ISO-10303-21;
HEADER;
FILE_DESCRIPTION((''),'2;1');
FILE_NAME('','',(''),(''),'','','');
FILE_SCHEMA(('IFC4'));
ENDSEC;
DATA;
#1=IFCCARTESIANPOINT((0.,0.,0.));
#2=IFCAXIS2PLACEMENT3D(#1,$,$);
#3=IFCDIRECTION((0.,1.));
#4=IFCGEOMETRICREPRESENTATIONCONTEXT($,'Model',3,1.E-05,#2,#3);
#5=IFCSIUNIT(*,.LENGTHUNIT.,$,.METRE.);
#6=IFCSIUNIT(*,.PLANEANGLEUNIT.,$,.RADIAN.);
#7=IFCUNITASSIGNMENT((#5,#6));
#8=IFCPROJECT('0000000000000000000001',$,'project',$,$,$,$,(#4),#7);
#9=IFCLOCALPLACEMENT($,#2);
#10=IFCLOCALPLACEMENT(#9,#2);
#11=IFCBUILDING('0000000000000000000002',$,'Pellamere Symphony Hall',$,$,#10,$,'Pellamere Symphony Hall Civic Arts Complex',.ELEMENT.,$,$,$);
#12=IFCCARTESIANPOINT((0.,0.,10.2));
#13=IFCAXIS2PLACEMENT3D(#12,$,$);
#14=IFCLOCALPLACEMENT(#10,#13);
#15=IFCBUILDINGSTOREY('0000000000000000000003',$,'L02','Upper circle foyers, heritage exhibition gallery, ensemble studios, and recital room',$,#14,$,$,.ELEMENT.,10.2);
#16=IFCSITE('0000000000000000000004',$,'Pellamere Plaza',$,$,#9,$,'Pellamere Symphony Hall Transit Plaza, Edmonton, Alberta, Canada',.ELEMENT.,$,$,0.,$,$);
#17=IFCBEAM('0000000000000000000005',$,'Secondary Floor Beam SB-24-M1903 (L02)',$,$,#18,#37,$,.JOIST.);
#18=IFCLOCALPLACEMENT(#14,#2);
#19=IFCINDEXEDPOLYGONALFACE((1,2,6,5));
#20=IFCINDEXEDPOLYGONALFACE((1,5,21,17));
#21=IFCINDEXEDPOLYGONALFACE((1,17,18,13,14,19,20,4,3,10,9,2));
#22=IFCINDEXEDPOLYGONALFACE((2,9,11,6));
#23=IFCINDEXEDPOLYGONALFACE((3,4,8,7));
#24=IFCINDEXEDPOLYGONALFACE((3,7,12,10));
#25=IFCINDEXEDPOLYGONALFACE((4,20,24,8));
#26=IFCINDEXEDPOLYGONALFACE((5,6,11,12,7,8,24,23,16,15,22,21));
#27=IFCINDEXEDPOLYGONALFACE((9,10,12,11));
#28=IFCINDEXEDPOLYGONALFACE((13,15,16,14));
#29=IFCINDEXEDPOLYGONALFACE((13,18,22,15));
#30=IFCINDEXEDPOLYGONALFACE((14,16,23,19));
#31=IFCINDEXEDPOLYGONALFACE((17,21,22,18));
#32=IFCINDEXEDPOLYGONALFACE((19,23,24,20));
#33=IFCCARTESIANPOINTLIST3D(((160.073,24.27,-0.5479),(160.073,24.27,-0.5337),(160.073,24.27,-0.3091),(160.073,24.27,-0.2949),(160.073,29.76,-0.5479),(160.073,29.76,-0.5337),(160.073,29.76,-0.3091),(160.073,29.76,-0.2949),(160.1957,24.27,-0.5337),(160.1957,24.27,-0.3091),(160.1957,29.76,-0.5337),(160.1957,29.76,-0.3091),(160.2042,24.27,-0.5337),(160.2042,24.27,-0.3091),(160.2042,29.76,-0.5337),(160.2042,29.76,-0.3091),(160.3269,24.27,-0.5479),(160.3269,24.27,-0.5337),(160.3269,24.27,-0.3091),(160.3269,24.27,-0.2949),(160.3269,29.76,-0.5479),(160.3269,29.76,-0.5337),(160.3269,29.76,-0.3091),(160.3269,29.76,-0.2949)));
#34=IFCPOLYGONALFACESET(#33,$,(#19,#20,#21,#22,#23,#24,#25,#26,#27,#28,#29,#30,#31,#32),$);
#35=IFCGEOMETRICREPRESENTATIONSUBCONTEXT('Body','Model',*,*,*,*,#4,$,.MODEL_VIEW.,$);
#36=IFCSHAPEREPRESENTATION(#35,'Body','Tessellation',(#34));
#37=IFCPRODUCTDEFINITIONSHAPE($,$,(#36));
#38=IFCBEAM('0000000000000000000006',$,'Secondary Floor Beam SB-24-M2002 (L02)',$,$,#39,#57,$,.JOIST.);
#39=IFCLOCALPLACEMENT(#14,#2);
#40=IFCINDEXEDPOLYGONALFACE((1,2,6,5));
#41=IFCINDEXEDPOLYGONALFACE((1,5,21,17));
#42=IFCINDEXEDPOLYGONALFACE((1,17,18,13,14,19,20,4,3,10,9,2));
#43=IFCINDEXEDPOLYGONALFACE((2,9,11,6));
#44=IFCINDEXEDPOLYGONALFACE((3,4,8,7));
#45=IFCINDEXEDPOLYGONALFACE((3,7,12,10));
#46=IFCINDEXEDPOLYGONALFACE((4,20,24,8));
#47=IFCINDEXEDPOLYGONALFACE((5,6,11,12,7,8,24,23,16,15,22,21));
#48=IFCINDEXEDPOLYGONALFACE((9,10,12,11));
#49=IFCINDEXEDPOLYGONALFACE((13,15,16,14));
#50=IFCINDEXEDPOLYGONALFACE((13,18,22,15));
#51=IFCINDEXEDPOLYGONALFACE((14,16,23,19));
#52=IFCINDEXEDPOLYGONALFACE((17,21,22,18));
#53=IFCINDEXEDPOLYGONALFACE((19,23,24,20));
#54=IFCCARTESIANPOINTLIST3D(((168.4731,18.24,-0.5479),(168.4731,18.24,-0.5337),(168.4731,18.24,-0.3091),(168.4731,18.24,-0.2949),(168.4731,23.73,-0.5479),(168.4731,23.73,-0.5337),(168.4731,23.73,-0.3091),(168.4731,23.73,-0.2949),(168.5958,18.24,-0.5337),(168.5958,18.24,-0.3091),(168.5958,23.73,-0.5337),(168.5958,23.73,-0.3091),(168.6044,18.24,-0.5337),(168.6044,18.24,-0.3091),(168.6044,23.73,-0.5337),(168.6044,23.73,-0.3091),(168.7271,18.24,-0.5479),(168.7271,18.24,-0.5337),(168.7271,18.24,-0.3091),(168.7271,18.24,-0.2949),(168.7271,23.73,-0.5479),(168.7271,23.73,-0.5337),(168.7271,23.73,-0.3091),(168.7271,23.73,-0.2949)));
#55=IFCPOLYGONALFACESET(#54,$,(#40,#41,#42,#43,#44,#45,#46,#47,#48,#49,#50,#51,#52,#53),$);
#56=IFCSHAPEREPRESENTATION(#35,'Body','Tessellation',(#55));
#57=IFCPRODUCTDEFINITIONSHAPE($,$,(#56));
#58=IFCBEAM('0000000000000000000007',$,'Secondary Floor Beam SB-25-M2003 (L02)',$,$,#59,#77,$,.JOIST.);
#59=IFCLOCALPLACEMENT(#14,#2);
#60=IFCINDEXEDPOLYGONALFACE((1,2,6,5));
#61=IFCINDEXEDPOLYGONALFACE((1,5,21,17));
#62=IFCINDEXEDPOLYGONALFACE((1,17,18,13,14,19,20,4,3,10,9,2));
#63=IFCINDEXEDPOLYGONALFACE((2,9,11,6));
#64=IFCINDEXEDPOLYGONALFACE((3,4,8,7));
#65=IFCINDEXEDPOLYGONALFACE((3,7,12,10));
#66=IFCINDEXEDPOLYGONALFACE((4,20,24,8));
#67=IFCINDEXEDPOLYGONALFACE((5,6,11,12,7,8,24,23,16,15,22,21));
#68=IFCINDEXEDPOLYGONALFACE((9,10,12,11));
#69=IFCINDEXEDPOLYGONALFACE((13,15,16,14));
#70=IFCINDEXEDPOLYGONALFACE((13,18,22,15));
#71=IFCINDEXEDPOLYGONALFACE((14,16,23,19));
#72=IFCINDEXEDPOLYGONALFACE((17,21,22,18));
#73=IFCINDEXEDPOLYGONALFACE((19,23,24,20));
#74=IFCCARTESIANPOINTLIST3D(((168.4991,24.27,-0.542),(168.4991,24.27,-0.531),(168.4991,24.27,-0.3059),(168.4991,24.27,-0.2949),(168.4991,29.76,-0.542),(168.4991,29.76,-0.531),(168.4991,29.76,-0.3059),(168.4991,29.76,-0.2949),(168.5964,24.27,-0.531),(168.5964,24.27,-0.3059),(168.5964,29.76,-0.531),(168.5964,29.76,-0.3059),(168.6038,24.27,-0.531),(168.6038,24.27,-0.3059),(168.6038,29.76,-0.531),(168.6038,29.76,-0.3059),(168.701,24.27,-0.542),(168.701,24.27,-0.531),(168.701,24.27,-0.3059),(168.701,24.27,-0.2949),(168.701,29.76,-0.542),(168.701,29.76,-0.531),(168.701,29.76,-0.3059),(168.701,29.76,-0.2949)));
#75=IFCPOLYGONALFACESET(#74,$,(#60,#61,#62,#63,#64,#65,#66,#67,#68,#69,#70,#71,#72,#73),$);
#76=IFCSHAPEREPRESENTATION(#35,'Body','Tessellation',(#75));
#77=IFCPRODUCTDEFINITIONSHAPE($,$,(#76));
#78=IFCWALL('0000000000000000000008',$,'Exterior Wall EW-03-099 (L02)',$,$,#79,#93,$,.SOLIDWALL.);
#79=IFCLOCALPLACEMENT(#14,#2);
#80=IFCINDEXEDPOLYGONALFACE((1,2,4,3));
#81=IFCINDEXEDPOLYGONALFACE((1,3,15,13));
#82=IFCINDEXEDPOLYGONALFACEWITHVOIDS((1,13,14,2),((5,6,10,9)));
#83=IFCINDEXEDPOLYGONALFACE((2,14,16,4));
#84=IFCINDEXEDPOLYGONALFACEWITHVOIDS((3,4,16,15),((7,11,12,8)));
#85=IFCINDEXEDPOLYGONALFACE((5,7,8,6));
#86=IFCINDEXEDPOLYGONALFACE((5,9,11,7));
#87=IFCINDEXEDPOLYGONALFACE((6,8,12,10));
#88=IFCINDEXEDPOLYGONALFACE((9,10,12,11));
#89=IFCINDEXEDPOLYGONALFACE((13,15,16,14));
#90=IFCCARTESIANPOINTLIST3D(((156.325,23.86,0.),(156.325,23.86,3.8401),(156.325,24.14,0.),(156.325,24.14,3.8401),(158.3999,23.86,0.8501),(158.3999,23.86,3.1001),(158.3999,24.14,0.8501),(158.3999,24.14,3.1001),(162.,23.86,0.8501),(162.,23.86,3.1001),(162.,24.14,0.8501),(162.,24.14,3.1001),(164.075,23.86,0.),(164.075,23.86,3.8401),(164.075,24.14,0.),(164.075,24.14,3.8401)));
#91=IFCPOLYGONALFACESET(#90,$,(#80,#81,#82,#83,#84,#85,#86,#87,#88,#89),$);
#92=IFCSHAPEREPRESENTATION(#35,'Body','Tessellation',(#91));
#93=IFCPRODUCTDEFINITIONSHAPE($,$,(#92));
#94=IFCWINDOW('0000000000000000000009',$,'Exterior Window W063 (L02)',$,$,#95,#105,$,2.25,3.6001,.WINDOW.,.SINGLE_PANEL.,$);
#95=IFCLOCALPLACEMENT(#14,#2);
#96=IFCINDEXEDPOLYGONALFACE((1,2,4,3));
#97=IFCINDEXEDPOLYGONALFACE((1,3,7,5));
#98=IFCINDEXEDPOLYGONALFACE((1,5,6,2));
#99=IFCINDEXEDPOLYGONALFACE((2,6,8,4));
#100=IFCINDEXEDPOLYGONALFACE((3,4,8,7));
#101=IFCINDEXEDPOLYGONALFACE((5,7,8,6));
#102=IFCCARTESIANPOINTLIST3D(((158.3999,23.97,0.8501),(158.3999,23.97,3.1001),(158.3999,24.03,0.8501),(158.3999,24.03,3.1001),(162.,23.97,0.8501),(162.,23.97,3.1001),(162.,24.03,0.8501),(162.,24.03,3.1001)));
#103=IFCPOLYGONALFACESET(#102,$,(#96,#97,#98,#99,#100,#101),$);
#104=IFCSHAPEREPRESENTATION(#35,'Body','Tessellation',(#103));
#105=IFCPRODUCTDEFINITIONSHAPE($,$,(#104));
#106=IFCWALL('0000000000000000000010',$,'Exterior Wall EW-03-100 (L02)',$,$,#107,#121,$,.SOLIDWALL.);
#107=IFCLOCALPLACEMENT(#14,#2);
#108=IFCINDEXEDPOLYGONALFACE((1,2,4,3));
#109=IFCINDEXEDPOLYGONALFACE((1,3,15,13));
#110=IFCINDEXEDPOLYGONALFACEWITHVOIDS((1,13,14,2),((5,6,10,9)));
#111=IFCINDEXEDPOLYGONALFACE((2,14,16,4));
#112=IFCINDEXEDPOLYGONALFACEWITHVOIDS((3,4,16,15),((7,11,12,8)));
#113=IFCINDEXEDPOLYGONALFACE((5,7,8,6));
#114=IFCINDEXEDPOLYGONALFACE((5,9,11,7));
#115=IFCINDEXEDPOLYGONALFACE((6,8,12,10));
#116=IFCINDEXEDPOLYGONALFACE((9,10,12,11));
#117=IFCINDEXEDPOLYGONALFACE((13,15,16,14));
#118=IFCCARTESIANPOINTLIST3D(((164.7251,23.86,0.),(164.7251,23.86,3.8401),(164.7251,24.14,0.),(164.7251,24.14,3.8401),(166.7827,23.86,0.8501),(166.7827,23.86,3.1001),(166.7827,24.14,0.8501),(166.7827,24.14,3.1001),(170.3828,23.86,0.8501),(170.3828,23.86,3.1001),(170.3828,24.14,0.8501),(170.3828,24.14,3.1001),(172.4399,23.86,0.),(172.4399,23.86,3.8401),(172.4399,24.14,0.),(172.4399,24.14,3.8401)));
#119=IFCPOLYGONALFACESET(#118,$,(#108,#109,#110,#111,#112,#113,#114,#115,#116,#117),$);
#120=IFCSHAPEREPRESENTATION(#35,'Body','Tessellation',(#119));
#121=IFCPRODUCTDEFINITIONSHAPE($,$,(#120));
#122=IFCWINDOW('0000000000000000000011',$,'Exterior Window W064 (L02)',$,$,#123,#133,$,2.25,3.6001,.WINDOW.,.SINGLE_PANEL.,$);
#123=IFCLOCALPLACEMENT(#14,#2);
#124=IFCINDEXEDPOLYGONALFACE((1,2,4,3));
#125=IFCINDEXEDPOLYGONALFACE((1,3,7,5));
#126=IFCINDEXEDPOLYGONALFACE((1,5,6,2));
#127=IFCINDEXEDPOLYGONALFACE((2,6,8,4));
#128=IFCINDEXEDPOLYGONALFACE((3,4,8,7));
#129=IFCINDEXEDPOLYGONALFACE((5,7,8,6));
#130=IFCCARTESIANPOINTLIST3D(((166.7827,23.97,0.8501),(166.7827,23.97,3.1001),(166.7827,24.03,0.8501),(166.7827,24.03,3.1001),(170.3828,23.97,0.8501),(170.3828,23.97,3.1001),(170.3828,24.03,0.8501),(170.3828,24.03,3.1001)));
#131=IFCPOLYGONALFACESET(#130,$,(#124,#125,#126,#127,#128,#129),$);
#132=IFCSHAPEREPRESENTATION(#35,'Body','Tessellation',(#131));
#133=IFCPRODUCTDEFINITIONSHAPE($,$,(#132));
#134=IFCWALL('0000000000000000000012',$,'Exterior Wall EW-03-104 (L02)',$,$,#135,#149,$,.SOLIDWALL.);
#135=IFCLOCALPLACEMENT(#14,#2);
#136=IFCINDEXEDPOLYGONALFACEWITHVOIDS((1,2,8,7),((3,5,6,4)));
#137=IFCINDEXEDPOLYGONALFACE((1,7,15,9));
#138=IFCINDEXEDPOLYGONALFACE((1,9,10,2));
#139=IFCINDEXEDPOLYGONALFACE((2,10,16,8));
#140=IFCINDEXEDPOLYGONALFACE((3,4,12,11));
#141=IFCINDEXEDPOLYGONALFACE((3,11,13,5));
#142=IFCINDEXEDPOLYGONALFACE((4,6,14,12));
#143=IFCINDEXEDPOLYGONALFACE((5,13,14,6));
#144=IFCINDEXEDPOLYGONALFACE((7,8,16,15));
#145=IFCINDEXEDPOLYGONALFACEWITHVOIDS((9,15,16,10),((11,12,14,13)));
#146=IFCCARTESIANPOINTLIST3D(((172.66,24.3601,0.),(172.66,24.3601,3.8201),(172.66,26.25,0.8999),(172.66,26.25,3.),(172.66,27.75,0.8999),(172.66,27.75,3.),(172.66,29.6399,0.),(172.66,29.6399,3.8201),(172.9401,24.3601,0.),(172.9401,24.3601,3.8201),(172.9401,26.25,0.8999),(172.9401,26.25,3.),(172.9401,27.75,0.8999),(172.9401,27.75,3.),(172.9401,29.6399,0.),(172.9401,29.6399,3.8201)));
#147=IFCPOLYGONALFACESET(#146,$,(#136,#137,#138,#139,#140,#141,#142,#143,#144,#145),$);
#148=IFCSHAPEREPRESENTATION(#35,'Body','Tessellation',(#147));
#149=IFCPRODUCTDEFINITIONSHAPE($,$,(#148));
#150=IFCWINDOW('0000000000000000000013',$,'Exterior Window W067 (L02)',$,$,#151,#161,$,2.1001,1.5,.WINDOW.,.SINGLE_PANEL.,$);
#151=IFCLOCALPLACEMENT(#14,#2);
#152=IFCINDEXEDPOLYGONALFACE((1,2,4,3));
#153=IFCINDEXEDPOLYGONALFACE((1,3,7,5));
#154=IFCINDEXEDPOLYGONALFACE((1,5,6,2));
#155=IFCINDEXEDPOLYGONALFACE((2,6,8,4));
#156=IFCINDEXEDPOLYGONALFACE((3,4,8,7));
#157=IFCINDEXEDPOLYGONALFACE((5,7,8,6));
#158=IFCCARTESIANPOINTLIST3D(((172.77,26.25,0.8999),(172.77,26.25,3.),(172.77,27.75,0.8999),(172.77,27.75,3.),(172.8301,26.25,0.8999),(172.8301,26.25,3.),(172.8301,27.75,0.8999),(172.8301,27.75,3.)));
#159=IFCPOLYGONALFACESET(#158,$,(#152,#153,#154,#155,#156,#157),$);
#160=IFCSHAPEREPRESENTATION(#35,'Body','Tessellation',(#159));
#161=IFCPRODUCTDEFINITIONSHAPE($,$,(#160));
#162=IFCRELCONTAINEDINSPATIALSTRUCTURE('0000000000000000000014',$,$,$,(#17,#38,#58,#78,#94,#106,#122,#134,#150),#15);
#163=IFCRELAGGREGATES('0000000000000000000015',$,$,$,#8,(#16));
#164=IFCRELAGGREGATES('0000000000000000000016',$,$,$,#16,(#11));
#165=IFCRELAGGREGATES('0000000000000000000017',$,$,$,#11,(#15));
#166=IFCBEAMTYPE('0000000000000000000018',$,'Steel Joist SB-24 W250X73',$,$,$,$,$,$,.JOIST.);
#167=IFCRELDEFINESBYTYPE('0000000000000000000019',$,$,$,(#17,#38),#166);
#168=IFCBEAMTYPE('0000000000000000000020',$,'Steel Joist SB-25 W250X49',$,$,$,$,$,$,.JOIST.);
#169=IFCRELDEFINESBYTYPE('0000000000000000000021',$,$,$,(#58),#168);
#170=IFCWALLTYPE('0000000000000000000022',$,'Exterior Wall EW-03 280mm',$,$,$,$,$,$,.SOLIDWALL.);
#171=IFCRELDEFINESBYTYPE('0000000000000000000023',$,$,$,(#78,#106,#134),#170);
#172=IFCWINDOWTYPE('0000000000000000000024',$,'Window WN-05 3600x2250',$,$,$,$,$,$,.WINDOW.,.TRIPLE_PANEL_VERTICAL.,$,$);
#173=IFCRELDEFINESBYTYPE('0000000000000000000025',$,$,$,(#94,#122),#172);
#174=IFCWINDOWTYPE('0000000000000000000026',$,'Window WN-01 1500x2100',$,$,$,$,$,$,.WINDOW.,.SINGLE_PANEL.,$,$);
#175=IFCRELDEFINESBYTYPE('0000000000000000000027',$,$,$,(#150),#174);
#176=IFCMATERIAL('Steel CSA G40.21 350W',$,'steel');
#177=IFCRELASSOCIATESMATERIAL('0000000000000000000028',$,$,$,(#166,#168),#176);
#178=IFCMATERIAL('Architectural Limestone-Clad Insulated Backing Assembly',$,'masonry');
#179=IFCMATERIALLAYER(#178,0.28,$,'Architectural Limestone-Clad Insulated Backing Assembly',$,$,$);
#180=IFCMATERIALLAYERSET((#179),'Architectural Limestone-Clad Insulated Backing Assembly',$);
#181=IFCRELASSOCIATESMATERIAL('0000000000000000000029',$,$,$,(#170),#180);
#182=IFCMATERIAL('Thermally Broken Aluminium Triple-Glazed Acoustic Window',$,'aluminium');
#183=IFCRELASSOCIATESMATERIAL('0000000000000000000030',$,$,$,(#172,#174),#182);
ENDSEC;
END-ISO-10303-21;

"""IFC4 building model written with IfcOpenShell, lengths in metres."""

from ifc_helpers import new_model, si_unit, direction, frame, frame_2d, origin, origin_2d, place, context, subcontext, project, spatial, rectangle, i_section, extrude, material, layer, layer_set, material_profile, profile_set, type_object, element, fill, save


model = new_model("IFC4")

# Units and contexts
model_context = context("Model", 3, precision=1e-05, world=origin(), true_north=direction((0.0, 1.0)))
body_context = subcontext(model_context, "Body", "Model", "MODEL_VIEW")
ifc_project = project(units=[si_unit("LENGTHUNIT", "METRE"), si_unit("PLANEANGLEUNIT", "RADIAN")], contexts=[model_context])

# Site, building, storey
site_placement = place(None, origin())
site = spatial("IfcSite", under=ifc_project, at=site_placement, Name="Pellamere Plaza", LongName="Pellamere Symphony Hall Transit Plaza, Edmonton, Alberta, Canada", CompositionType="ELEMENT", RefElevation=0.0)
building_placement = place(site_placement, origin())
building = spatial("IfcBuilding", under=site, at=building_placement, Name="Pellamere Symphony Hall", LongName="Pellamere Symphony Hall Civic Arts Complex", CompositionType="ELEMENT")
storey_placement = place(building_placement, frame((0.0, 0.0, 10.2)))
storey = spatial("IfcBuildingStorey", under=building, at=storey_placement, Name="L02", Description="Upper circle foyers, heritage exhibition gallery, ensemble studios, and recital room", CompositionType="ELEMENT", Elevation=10.2)

# Beams
ifc_material_1 = material(Name="Steel CSA G40.21 350W", Category="steel")
ifc_material_profile_1 = material_profile(ifc_material_1, i_section(OverallWidth=0.2539, OverallDepth=0.2529, WebThickness=0.0085, FlangeThickness=0.0142, at=origin_2d()), Name="W250X73")
ifc_profile_set_1 = profile_set([ifc_material_profile_1], Name="Steel CSA G40.21 350W")
beam_type_1 = type_object("IfcBeamType", Name="Steel Joist SB-24 W250X73", PredefinedType="JOIST", material=ifc_profile_set_1)
for number, where, z_axis, x_axis, name in (
    (1, (160.2, 24.27, -0.4214), (0.0, 1.0, 0.0), (-1.0, 0.0, 0.0), "Secondary Floor Beam SB-24-M1903 (L02)"),
    (2, (168.6001, 18.24, -0.4214), (0.0, 1.0, 0.0), (-1.0, 0.0, 0.0), "Secondary Floor Beam SB-24-M2002 (L02)"),
):
    element("IfcBeam", number, at=place(storey_placement, frame(where, z_axis=z_axis, x_axis=x_axis)), inside=storey, type_object=beam_type_1, Name=name, PredefinedType="JOIST", context=body_context, shape_type="SweptSolid", body=[
        extrude(i_section(OverallWidth=0.2539, OverallDepth=0.2529, WebThickness=0.0085, FlangeThickness=0.0142, at=origin_2d()), origin(), (0.0, 0.0, 1.0), 5.49),
    ])
ifc_material_profile_2 = material_profile(ifc_material_1, i_section(OverallWidth=0.2019, OverallDepth=0.2471, WebThickness=0.0073, FlangeThickness=0.011, at=origin_2d()), Name="W250X49")
ifc_profile_set_2 = profile_set([ifc_material_profile_2], Name="Steel CSA G40.21 350W")
beam_type_2 = type_object("IfcBeamType", Name="Steel Joist SB-25 W250X49", PredefinedType="JOIST", material=ifc_profile_set_2)
beam_1_placement = place(storey_placement, frame((168.6001, 24.27, -0.4185), z_axis=(0.0, 1.0, 0.0), x_axis=(-1.0, 0.0, 0.0)))
element("IfcBeam", 3, at=beam_1_placement, inside=storey, type_object=beam_type_2, Name="Secondary Floor Beam SB-25-M2003 (L02)", PredefinedType="JOIST", context=body_context, shape_type="SweptSolid", body=[
    extrude(i_section(OverallWidth=0.2019, OverallDepth=0.2471, WebThickness=0.0073, FlangeThickness=0.011, at=origin_2d()), origin(), (0.0, 0.0, 1.0), 5.49),
])

# Walls, openings, windows
ifc_material_2 = material(Name="Architectural Limestone-Clad Insulated Backing Assembly", Category="masonry")
ifc_layer = layer(ifc_material_2, 0.28, Name="Architectural Limestone-Clad Insulated Backing Assembly")
ifc_layer_set = layer_set([ifc_layer], Name="Architectural Limestone-Clad Insulated Backing Assembly")
wall_type = type_object("IfcWallType", Name="Exterior Wall EW-03 280mm", PredefinedType="SOLIDWALL", material=ifc_layer_set)
wall_1_placement = place(storey_placement, frame((156.325, 24.0, 0.0), z_axis=(0.0, 0.0, 1.0), x_axis=(1.0, 0.0, 0.0)))
wall_1 = element("IfcWall", 4, at=wall_1_placement, inside=storey, type_object=wall_type, Name="Exterior Wall EW-03-099 (L02)", PredefinedType="SOLIDWALL", context=body_context, shape_type="SweptSolid", body=[
    extrude(rectangle(XDim=7.75, YDim=0.28, at=frame_2d((3.875, 0.0))), origin(), (0.0, 0.0, 1.0), 3.8401),
])
opening_1_placement = place(wall_1_placement, frame((2.075, 0.0, 0.8501)))
opening_1 = element("IfcOpeningElement", 5, at=opening_1_placement, cuts=wall_1, PredefinedType="OPENING", context=body_context, shape_type="SweptSolid", body=[
    extrude(rectangle(XDim=3.6001, YDim=2.25, at=frame_2d((1.8, 1.125))), frame((0.0, 0.1499, 0.0), z_axis=(0.0, -1.0, 0.0), x_axis=(1.0, 0.0, 0.0)), (0.0, 0.0, 1.0), 0.3),
])
ifc_material_3 = material(Name="Thermally Broken Aluminium Triple-Glazed Acoustic Window", Category="aluminium")
window_type_1 = type_object("IfcWindowType", Name="Window WN-05 3600x2250", PartitioningType="TRIPLE_PANEL_VERTICAL", PredefinedType="WINDOW", material=ifc_material_3)
window_1_placement = place(opening_1_placement, origin())
window_1 = element("IfcWindow", 6, at=window_1_placement, inside=storey, type_object=window_type_1, Name="Exterior Window W063 (L02)", OverallHeight=2.25, OverallWidth=3.6001, PartitioningType="SINGLE_PANEL", PredefinedType="WINDOW", context=body_context, shape_type="SweptSolid", body=[
    extrude(rectangle(XDim=3.6001, YDim=2.25, at=frame_2d((1.8, 1.125))), frame((0.0, 0.03, 0.0), z_axis=(0.0, -1.0, 0.0), x_axis=(1.0, 0.0, 0.0)), (0.0, 0.0, 1.0), 0.0601),
])
fill(opening_1, window_1)
wall_2_placement = place(storey_placement, frame((164.7251, 24.0, 0.0), z_axis=(0.0, 0.0, 1.0), x_axis=(1.0, 0.0, 0.0)))
wall_2 = element("IfcWall", 7, at=wall_2_placement, inside=storey, type_object=wall_type, Name="Exterior Wall EW-03-100 (L02)", PredefinedType="SOLIDWALL", context=body_context, shape_type="SweptSolid", body=[
    extrude(rectangle(XDim=7.7148, YDim=0.28, at=frame_2d((3.8574, 0.0))), origin(), (0.0, 0.0, 1.0), 3.8401),
])
opening_2_placement = place(wall_2_placement, frame((2.0576, 0.0, 0.8501)))
opening_2 = element("IfcOpeningElement", 8, at=opening_2_placement, cuts=wall_2, PredefinedType="OPENING", context=body_context, shape_type="SweptSolid", body=[
    extrude(rectangle(XDim=3.6001, YDim=2.25, at=frame_2d((1.8, 1.125))), frame((0.0, 0.1499, 0.0), z_axis=(0.0, -1.0, 0.0), x_axis=(1.0, 0.0, 0.0)), (0.0, 0.0, 1.0), 0.3),
])
window_2_placement = place(opening_2_placement, origin())
window_2 = element("IfcWindow", 9, at=window_2_placement, inside=storey, type_object=window_type_1, Name="Exterior Window W064 (L02)", OverallHeight=2.25, OverallWidth=3.6001, PartitioningType="SINGLE_PANEL", PredefinedType="WINDOW", context=body_context, shape_type="SweptSolid", body=[
    extrude(rectangle(XDim=3.6001, YDim=2.25, at=frame_2d((1.8, 1.125))), frame((0.0, 0.03, 0.0), z_axis=(0.0, -1.0, 0.0), x_axis=(1.0, 0.0, 0.0)), (0.0, 0.0, 1.0), 0.0601),
])
fill(opening_2, window_2)
wall_3_placement = place(storey_placement, frame((172.8, 24.3601, 0.0), z_axis=(0.0, 0.0, 1.0), x_axis=(0.0, 1.0, 0.0)))
wall_3 = element("IfcWall", 10, at=wall_3_placement, inside=storey, type_object=wall_type, Name="Exterior Wall EW-03-104 (L02)", PredefinedType="SOLIDWALL", context=body_context, shape_type="SweptSolid", body=[
    extrude(rectangle(XDim=5.2798, YDim=0.28, at=frame_2d((2.6399, 0.0))), origin(), (0.0, 0.0, 1.0), 3.8201),
])
opening_3_placement = place(wall_3_placement, frame((1.8899, 0.0, 0.8999)))
opening_3 = element("IfcOpeningElement", 11, at=opening_3_placement, cuts=wall_3, PredefinedType="OPENING", context=body_context, shape_type="SweptSolid", body=[
    extrude(rectangle(XDim=1.5, YDim=2.1001, at=frame_2d((0.75, 1.05))), frame((0.0, 0.1499, 0.0), z_axis=(0.0, -1.0, 0.0), x_axis=(1.0, 0.0, 0.0)), (0.0, 0.0, 1.0), 0.3),
])
window_type_2 = type_object("IfcWindowType", Name="Window WN-01 1500x2100", PartitioningType="SINGLE_PANEL", PredefinedType="WINDOW", material=ifc_material_3)
window_3_placement = place(opening_3_placement, origin())
window_3 = element("IfcWindow", 12, at=window_3_placement, inside=storey, type_object=window_type_2, Name="Exterior Window W067 (L02)", OverallHeight=2.1001, OverallWidth=1.5, PartitioningType="SINGLE_PANEL", PredefinedType="WINDOW", context=body_context, shape_type="SweptSolid", body=[
    extrude(rectangle(XDim=1.5, YDim=2.1001, at=frame_2d((0.75, 1.05))), frame((0.0, 0.03, 0.0), z_axis=(0.0, -1.0, 0.0), x_axis=(1.0, 0.0, 0.0)), (0.0, 0.0, 1.0), 0.0601),
])
fill(opening_3, window_3)

save(model, "model.ifc")
